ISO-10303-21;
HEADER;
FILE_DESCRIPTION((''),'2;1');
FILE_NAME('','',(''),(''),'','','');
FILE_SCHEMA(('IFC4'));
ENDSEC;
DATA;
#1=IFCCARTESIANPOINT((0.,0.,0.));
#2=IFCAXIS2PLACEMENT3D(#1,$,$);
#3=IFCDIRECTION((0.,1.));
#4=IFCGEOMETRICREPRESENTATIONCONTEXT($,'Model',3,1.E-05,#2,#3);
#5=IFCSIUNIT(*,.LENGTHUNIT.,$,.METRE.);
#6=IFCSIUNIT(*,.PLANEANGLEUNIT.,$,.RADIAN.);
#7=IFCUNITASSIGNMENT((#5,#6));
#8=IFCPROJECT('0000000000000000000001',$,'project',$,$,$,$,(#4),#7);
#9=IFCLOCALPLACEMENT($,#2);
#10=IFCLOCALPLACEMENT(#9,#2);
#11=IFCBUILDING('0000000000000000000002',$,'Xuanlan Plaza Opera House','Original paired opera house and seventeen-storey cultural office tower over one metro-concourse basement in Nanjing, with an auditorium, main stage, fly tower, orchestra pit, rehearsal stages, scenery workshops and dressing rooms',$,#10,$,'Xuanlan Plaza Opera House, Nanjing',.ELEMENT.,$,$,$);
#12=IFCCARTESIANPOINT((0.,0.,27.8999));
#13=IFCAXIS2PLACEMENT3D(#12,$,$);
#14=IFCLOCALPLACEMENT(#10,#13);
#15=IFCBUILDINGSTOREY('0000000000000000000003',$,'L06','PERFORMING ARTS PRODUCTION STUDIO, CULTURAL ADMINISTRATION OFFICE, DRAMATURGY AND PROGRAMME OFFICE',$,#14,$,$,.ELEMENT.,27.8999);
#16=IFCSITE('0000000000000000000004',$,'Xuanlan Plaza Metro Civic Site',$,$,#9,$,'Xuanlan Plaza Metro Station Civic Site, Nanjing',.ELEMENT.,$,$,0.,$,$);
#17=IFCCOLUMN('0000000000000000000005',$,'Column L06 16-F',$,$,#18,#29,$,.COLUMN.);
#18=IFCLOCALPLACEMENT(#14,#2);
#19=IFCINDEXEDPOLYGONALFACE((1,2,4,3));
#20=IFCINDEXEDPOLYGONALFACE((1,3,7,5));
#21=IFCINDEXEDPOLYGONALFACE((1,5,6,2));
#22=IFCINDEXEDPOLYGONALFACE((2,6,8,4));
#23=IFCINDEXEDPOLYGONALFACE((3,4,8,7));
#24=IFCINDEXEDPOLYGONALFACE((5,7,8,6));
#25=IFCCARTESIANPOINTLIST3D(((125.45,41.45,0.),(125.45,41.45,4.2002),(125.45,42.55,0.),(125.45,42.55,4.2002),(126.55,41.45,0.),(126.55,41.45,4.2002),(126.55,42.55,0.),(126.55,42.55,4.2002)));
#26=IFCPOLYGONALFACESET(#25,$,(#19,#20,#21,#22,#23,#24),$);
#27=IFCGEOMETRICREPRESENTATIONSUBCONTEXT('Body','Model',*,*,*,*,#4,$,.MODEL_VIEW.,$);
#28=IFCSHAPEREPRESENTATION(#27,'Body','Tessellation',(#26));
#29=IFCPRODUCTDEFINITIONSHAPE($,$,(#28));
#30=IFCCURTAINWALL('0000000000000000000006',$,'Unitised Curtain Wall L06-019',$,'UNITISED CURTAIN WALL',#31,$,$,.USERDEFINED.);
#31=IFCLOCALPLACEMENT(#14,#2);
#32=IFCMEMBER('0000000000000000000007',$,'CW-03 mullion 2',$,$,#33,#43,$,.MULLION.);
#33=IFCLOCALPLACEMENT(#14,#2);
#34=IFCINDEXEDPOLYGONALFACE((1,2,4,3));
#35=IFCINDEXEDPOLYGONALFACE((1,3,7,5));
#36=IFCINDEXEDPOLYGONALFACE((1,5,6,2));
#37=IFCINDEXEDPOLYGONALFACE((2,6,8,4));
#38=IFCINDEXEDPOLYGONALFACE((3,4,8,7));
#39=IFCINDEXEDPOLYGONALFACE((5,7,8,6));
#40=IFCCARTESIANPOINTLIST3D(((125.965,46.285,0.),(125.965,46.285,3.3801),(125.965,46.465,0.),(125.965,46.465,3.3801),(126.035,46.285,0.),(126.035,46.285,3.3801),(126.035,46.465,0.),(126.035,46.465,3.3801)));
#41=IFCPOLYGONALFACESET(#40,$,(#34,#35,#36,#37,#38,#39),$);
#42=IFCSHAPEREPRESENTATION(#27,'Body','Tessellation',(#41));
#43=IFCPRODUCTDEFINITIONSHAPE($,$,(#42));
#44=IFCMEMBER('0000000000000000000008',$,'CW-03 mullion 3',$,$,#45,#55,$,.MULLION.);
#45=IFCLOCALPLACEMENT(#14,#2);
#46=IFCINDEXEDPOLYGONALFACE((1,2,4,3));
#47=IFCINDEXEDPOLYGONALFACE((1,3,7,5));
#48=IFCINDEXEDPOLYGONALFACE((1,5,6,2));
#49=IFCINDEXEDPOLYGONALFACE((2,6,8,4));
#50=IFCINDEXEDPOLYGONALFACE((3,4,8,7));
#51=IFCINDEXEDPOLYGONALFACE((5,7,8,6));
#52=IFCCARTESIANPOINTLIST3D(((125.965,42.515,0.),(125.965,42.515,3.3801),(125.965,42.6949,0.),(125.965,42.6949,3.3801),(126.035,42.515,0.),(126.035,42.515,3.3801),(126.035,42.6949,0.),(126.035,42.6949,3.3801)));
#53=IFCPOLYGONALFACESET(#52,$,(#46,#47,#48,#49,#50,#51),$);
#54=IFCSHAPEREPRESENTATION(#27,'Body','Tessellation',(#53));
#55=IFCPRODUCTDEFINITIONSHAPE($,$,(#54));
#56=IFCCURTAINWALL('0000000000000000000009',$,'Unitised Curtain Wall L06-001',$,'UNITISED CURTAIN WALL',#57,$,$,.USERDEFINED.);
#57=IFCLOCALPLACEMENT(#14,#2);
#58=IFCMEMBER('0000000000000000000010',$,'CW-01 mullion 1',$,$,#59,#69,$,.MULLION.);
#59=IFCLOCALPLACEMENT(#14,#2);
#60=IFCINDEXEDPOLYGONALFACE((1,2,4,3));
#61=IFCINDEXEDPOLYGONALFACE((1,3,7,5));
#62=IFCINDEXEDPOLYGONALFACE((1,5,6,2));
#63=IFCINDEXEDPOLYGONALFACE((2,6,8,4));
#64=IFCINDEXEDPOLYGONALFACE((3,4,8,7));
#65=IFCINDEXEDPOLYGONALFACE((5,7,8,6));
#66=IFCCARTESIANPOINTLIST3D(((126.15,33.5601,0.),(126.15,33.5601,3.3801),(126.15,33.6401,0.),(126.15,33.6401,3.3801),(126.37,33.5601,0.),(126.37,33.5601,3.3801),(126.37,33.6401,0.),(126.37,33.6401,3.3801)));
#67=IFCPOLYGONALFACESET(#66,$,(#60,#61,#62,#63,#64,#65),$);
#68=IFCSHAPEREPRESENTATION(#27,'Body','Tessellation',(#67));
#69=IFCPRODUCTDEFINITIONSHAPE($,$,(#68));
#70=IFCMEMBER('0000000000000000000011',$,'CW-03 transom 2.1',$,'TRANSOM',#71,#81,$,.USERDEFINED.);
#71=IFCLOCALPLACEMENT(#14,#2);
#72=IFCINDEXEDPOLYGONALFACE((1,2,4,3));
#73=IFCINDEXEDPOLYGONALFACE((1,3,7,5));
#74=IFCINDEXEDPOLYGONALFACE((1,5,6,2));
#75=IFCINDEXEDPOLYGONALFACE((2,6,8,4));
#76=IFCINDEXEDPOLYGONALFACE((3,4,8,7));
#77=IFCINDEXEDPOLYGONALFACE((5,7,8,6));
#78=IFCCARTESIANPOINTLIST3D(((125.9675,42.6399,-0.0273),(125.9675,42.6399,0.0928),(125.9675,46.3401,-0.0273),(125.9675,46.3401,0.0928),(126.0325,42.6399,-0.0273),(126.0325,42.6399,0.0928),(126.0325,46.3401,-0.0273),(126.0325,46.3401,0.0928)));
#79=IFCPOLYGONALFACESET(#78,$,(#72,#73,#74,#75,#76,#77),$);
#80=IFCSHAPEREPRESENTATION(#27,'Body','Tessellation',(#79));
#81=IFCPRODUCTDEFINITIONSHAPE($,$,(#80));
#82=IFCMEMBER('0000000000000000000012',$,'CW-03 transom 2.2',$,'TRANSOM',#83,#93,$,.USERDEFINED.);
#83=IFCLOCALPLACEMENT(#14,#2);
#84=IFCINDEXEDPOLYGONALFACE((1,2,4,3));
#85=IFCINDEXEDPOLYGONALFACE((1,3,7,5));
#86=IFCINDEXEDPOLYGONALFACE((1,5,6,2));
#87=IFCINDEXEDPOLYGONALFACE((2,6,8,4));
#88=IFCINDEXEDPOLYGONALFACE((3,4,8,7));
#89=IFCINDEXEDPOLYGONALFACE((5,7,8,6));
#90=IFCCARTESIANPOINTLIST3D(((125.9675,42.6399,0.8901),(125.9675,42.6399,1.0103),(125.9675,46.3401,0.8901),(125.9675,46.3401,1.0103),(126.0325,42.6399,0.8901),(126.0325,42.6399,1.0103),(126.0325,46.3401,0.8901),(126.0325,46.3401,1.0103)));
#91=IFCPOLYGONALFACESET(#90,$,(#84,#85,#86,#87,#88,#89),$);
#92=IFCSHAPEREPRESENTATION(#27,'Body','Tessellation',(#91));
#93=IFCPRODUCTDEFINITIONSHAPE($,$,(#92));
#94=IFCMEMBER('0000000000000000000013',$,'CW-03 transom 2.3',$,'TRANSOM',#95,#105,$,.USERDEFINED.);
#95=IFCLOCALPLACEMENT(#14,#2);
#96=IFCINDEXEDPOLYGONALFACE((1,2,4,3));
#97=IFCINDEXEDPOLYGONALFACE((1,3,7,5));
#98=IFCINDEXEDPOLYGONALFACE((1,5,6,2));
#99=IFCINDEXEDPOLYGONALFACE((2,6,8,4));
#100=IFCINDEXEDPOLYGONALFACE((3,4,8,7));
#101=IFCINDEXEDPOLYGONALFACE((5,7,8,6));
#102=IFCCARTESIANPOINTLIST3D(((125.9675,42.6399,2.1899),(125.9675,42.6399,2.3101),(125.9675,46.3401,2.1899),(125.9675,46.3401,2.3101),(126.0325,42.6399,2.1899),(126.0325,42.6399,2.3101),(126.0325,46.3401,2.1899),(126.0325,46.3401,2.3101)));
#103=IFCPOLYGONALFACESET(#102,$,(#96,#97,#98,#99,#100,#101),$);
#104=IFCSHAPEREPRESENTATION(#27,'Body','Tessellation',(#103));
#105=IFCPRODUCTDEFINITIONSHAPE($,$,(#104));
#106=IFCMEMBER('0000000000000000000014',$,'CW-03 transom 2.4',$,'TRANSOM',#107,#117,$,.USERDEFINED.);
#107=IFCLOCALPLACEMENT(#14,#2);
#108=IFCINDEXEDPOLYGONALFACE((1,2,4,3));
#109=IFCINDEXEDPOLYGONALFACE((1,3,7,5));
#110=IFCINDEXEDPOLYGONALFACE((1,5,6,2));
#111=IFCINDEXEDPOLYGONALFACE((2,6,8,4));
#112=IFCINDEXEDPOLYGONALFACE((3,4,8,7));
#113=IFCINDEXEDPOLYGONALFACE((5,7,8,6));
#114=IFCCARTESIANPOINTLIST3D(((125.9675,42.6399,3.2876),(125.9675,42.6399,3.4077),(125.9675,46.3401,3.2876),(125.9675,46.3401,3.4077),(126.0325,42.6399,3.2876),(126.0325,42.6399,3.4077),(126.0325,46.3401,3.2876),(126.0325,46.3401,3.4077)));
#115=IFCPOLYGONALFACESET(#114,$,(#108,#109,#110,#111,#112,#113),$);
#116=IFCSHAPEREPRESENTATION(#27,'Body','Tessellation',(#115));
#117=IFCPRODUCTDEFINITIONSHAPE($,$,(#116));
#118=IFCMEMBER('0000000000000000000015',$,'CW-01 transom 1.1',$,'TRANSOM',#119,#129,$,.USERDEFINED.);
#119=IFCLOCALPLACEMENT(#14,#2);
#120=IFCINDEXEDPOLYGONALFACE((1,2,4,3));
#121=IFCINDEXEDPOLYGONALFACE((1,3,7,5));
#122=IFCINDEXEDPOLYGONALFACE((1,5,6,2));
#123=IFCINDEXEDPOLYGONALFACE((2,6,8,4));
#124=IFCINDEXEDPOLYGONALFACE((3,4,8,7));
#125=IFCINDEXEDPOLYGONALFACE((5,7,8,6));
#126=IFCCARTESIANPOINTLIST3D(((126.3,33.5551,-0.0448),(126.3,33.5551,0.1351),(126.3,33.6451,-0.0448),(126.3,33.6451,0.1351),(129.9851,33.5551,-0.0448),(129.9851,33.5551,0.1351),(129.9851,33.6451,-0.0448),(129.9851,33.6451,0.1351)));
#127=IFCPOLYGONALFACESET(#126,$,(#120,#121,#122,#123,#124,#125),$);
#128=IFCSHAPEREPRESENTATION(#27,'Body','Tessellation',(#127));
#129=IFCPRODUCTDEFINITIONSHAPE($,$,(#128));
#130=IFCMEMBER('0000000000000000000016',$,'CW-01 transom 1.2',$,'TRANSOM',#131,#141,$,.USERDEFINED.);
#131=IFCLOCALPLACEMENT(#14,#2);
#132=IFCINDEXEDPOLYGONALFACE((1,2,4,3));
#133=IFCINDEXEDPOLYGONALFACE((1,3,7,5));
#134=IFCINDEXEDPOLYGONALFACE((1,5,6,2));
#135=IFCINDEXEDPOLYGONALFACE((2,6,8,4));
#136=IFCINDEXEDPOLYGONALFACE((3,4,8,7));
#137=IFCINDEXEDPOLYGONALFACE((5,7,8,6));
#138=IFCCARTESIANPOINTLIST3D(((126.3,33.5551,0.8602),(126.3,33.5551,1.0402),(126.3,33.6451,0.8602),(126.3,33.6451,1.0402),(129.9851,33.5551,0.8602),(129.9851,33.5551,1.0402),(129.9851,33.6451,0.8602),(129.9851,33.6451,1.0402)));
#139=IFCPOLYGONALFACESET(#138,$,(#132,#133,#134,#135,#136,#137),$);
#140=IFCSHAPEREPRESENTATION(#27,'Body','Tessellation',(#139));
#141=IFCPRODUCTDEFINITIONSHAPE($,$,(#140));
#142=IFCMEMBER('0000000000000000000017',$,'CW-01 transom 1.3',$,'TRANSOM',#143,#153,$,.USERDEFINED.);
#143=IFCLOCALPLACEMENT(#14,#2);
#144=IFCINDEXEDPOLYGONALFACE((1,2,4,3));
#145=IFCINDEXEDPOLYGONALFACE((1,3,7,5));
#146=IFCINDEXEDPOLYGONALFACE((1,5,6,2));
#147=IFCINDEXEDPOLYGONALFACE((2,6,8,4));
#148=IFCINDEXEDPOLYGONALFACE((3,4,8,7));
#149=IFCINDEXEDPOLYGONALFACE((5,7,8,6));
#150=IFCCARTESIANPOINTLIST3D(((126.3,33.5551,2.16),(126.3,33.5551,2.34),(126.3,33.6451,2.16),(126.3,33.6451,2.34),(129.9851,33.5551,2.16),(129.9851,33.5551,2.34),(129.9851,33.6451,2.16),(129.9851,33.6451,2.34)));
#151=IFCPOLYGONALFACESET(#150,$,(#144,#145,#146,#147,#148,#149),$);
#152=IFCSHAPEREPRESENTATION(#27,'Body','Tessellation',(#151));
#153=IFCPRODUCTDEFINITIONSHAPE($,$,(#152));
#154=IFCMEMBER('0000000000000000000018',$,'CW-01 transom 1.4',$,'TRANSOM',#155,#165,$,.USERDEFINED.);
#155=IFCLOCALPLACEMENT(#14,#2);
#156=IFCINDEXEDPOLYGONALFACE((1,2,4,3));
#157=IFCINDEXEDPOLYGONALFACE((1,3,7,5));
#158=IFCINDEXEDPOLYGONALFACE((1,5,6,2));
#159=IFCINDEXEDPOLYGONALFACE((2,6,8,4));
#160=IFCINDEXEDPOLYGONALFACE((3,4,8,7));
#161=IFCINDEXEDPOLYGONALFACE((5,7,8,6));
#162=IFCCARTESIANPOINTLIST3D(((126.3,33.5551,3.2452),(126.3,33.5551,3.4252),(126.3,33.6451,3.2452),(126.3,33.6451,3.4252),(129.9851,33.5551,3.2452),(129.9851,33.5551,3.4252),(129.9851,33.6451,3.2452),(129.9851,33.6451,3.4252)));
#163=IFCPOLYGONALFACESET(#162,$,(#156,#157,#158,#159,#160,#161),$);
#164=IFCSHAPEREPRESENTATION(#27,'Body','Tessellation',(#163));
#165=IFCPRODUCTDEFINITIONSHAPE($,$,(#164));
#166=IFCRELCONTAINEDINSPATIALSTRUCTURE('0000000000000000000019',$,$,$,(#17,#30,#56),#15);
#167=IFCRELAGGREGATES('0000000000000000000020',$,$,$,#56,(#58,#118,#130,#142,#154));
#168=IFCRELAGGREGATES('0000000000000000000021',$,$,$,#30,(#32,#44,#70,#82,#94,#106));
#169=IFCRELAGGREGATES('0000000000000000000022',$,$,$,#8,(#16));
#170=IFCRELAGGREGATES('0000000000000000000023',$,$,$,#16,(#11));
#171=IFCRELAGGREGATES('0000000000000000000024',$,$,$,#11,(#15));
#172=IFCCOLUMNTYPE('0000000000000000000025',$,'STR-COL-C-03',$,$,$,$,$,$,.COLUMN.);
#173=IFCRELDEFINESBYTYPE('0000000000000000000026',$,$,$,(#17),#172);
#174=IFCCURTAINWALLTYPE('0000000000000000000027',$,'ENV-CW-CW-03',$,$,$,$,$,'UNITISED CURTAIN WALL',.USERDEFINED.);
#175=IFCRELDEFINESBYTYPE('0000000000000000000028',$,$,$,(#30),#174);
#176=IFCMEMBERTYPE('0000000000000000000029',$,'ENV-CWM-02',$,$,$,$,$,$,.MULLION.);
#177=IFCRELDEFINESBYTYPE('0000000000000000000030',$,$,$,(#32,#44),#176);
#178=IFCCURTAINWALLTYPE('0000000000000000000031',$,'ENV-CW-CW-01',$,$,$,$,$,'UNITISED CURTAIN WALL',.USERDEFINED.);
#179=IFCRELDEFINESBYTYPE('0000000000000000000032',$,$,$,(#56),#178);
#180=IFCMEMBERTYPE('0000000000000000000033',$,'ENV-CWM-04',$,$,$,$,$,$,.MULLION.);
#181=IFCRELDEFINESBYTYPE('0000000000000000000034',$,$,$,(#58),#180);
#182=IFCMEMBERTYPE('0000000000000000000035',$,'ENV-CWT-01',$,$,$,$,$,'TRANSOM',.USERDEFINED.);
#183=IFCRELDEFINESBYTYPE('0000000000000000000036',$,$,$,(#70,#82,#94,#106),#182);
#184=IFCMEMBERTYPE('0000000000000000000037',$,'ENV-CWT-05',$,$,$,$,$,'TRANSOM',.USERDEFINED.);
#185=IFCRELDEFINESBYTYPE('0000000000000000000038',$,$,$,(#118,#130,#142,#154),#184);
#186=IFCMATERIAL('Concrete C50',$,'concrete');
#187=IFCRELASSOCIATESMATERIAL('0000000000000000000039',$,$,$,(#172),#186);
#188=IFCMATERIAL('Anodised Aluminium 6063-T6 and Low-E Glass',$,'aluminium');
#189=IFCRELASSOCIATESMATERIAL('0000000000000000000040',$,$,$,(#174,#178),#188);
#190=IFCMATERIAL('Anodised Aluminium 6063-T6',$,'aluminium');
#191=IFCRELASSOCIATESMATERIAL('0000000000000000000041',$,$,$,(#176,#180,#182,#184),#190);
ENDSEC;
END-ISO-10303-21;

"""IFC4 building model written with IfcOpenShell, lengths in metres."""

from ifc_helpers import new_model, si_unit, direction, frame, origin, origin_2d, place, context, subcontext, project, spatial, rectangle, extrude, material, material_profile, profile_set, type_object, element, aggregate, save


model = new_model("IFC4")

# Units and contexts
model_context = context("Model", 3, precision=1e-05, world=origin(), true_north=direction((0.0, 1.0)))
body_context = subcontext(model_context, "Body", "Model", "MODEL_VIEW")
ifc_project = project(units=[si_unit("LENGTHUNIT", "METRE"), si_unit("PLANEANGLEUNIT", "RADIAN")], contexts=[model_context])

# Site, building, storey
site_placement = place(None, origin())
site = spatial("IfcSite", under=ifc_project, at=site_placement, Name="Xuanlan Plaza Metro Civic Site", LongName="Xuanlan Plaza Metro Station Civic Site, Nanjing", CompositionType="ELEMENT", RefElevation=0.0)
building_placement = place(site_placement, origin())
building = spatial("IfcBuilding", under=site, at=building_placement, Name="Xuanlan Plaza Opera House", Description="Original paired opera house and seventeen-storey cultural office tower over one metro-concourse basement in Nanjing, with an auditorium, main stage, fly tower, orchestra pit, rehearsal stages, scenery workshops and dressing rooms", LongName="Xuanlan Plaza Opera House, Nanjing", CompositionType="ELEMENT")
storey_placement = place(building_placement, frame((0.0, 0.0, 27.8999)))
storey = spatial("IfcBuildingStorey", under=building, at=storey_placement, Name="L06", Description="PERFORMING ARTS PRODUCTION STUDIO, CULTURAL ADMINISTRATION OFFICE, DRAMATURGY AND PROGRAMME OFFICE", CompositionType="ELEMENT", Elevation=27.8999)

# Column
ifc_material_1 = material(Name="Concrete C50", Category="concrete")
ifc_material_profile_1 = material_profile(ifc_material_1, rectangle(XDim=1.1001, YDim=1.1001, at=origin_2d()), Name="RC-COL 1100x1100")
ifc_profile_set_1 = profile_set([ifc_material_profile_1], Name="Concrete C50")
column_type = type_object("IfcColumnType", Name="STR-COL-C-03", PredefinedType="COLUMN", material=ifc_profile_set_1)
column_placement = place(storey_placement, frame((126.0, 42.0, 0.0), z_axis=(0.0, 0.0, 1.0), x_axis=(1.0, 0.0, 0.0)))
element("IfcColumn", 1, at=column_placement, inside=storey, type_object=column_type, Name="Column L06 16-F", PredefinedType="COLUMN", context=body_context, shape_type="SweptSolid", body=[
    extrude(rectangle(XDim=1.1001, YDim=1.1001, at=origin_2d()), origin(), (0.0, 0.0, 1.0), 4.2002),
])

# Curtain wall, members
ifc_material_2 = material(Name="Anodised Aluminium 6063-T6 and Low-E Glass", Category="aluminium")
curtain_wall_type_1 = type_object("IfcCurtainWallType", Name="ENV-CW-CW-03", ElementType="UNITISED CURTAIN WALL", PredefinedType="USERDEFINED", material=ifc_material_2)
curtain_wall_1_placement = place(storey_placement, origin())
curtain_wall_1 = element("IfcCurtainWall", 2, at=curtain_wall_1_placement, inside=storey, type_object=curtain_wall_type_1, Name="Unitised Curtain Wall L06-019", ObjectType="UNITISED CURTAIN WALL", PredefinedType="USERDEFINED")
ifc_material_3 = material(Name="Anodised Aluminium 6063-T6", Category="aluminium")
ifc_material_profile_2 = material_profile(ifc_material_3, rectangle(XDim=0.0701, YDim=0.1799, at=origin_2d()), Name="ALU-M 70x180")
ifc_profile_set_2 = profile_set([ifc_material_profile_2], Name="Anodised Aluminium 6063-T6")
member_type_1 = type_object("IfcMemberType", Name="ENV-CWM-02", PredefinedType="MULLION", material=ifc_profile_set_2)
member_1_placement = place(storey_placement, frame((126.0, 46.375, 0.0), z_axis=(0.0, 0.0, 1.0), x_axis=(1.0, 0.0, 0.0)))
member_1 = element("IfcMember", 3, at=member_1_placement, type_object=member_type_1, Name="CW-03 mullion 2", PredefinedType="MULLION", context=body_context, shape_type="SweptSolid", body=[
    extrude(rectangle(XDim=0.0701, YDim=0.1799, at=origin_2d()), origin(), (0.0, 0.0, 1.0), 3.3801),
])
member_2_placement = place(storey_placement, frame((126.0, 42.605, 0.0), z_axis=(0.0, 0.0, 1.0), x_axis=(1.0, 0.0, 0.0)))
member_2 = element("IfcMember", 4, at=member_2_placement, type_object=member_type_1, Name="CW-03 mullion 3", PredefinedType="MULLION", context=body_context, shape_type="SweptSolid", body=[
    extrude(rectangle(XDim=0.0701, YDim=0.1799, at=origin_2d()), origin(), (0.0, 0.0, 1.0), 3.3801),
])

# Curtain wall, member
curtain_wall_type_2 = type_object("IfcCurtainWallType", Name="ENV-CW-CW-01", ElementType="UNITISED CURTAIN WALL", PredefinedType="USERDEFINED", material=ifc_material_2)
curtain_wall_2_placement = place(storey_placement, origin())
curtain_wall_2 = element("IfcCurtainWall", 5, at=curtain_wall_2_placement, inside=storey, type_object=curtain_wall_type_2, Name="Unitised Curtain Wall L06-001", ObjectType="UNITISED CURTAIN WALL", PredefinedType="USERDEFINED")
ifc_material_profile_3 = material_profile(ifc_material_3, rectangle(XDim=0.0801, YDim=0.22, at=origin_2d()), Name="ALU-M 80x220")
ifc_profile_set_3 = profile_set([ifc_material_profile_3], Name="Anodised Aluminium 6063-T6")
member_type_2 = type_object("IfcMemberType", Name="ENV-CWM-04", PredefinedType="MULLION", material=ifc_profile_set_3)
member_3_placement = place(storey_placement, frame((126.26, 33.6001, 0.0), z_axis=(0.0, 0.0, 1.0), x_axis=(0.0, 1.0, 0.0)))
member_3 = element("IfcMember", 6, at=member_3_placement, type_object=member_type_2, Name="CW-01 mullion 1", PredefinedType="MULLION", context=body_context, shape_type="SweptSolid", body=[
    extrude(rectangle(XDim=0.0801, YDim=0.22, at=origin_2d()), origin(), (0.0, 0.0, 1.0), 3.3801),
])

# Members
ifc_material_profile_4 = material_profile(ifc_material_3, rectangle(XDim=0.0649, YDim=0.1201, at=origin_2d()), Name="ALU-T 65x120")
ifc_profile_set_4 = profile_set([ifc_material_profile_4], Name="Anodised Aluminium 6063-T6")
member_type_3 = type_object("IfcMemberType", Name="ENV-CWT-01", ElementType="TRANSOM", PredefinedType="USERDEFINED", material=ifc_profile_set_4)
member_4_placement = place(storey_placement, frame((126.0, 46.3401, 0.0327), z_axis=(0.0, -1.0, 0.0), x_axis=(1.0, 0.0, 0.0)))
member_4 = element("IfcMember", 7, at=member_4_placement, type_object=member_type_3, Name="CW-03 transom 2.1", ObjectType="TRANSOM", PredefinedType="USERDEFINED", context=body_context, shape_type="SweptSolid", body=[
    extrude(rectangle(XDim=0.0649, YDim=0.1201, at=origin_2d()), origin(), (0.0, 0.0, 1.0), 3.7002),
])
member_5_placement = place(storey_placement, frame((126.0, 46.3401, 0.9502), z_axis=(0.0, -1.0, 0.0), x_axis=(1.0, 0.0, 0.0)))
member_5 = element("IfcMember", 8, at=member_5_placement, type_object=member_type_3, Name="CW-03 transom 2.2", ObjectType="TRANSOM", PredefinedType="USERDEFINED", context=body_context, shape_type="SweptSolid", body=[
    extrude(rectangle(XDim=0.0649, YDim=0.1201, at=origin_2d()), origin(), (0.0, 0.0, 1.0), 3.7002),
])
member_6_placement = place(storey_placement, frame((126.0, 46.3401, 2.25), z_axis=(0.0, -1.0, 0.0), x_axis=(1.0, 0.0, 0.0)))
member_6 = element("IfcMember", 9, at=member_6_placement, type_object=member_type_3, Name="CW-03 transom 2.3", ObjectType="TRANSOM", PredefinedType="USERDEFINED", context=body_context, shape_type="SweptSolid", body=[
    extrude(rectangle(XDim=0.0649, YDim=0.1201, at=origin_2d()), origin(), (0.0, 0.0, 1.0), 3.7002),
])
member_7_placement = place(storey_placement, frame((126.0, 46.3401, 3.3477), z_axis=(0.0, -1.0, 0.0), x_axis=(1.0, 0.0, 0.0)))
member_7 = element("IfcMember", 10, at=member_7_placement, type_object=member_type_3, Name="CW-03 transom 2.4", ObjectType="TRANSOM", PredefinedType="USERDEFINED", context=body_context, shape_type="SweptSolid", body=[
    extrude(rectangle(XDim=0.0649, YDim=0.1201, at=origin_2d()), origin(), (0.0, 0.0, 1.0), 3.7002),
])
ifc_material_profile_5 = material_profile(ifc_material_3, rectangle(XDim=0.0901, YDim=0.1799, at=origin_2d()), Name="ALU-T 90x180")
ifc_profile_set_5 = profile_set([ifc_material_profile_5], Name="Anodised Aluminium 6063-T6")
member_type_4 = type_object("IfcMemberType", Name="ENV-CWT-05", ElementType="TRANSOM", PredefinedType="USERDEFINED", material=ifc_profile_set_5)
member_8_placement = place(storey_placement, frame((126.3, 33.6001, 0.0452), z_axis=(1.0, 0.0, 0.0), x_axis=(0.0, 1.0, 0.0)))
member_8 = element("IfcMember", 11, at=member_8_placement, type_object=member_type_4, Name="CW-01 transom 1.1", ObjectType="TRANSOM", PredefinedType="USERDEFINED", context=body_context, shape_type="SweptSolid", body=[
    extrude(rectangle(XDim=0.0901, YDim=0.1799, at=origin_2d()), origin(), (0.0, 0.0, 1.0), 3.6851),
])
member_9_placement = place(storey_placement, frame((126.3, 33.6001, 0.9502), z_axis=(1.0, 0.0, 0.0), x_axis=(0.0, 1.0, 0.0)))
member_9 = element("IfcMember", 12, at=member_9_placement, type_object=member_type_4, Name="CW-01 transom 1.2", ObjectType="TRANSOM", PredefinedType="USERDEFINED", context=body_context, shape_type="SweptSolid", body=[
    extrude(rectangle(XDim=0.0901, YDim=0.1799, at=origin_2d()), origin(), (0.0, 0.0, 1.0), 3.6851),
])
member_10_placement = place(storey_placement, frame((126.3, 33.6001, 2.25), z_axis=(1.0, 0.0, 0.0), x_axis=(0.0, 1.0, 0.0)))
member_10 = element("IfcMember", 13, at=member_10_placement, type_object=member_type_4, Name="CW-01 transom 1.3", ObjectType="TRANSOM", PredefinedType="USERDEFINED", context=body_context, shape_type="SweptSolid", body=[
    extrude(rectangle(XDim=0.0901, YDim=0.1799, at=origin_2d()), origin(), (0.0, 0.0, 1.0), 3.6851),
])
member_11_placement = place(storey_placement, frame((126.3, 33.6001, 3.3352), z_axis=(1.0, 0.0, 0.0), x_axis=(0.0, 1.0, 0.0)))
member_11 = element("IfcMember", 14, at=member_11_placement, type_object=member_type_4, Name="CW-01 transom 1.4", ObjectType="TRANSOM", PredefinedType="USERDEFINED", context=body_context, shape_type="SweptSolid", body=[
    extrude(rectangle(XDim=0.0901, YDim=0.1799, at=origin_2d()), origin(), (0.0, 0.0, 1.0), 3.6851),
])

aggregate(curtain_wall_2, [member_3, member_8, member_9, member_10, member_11])
aggregate(curtain_wall_1, [member_1, member_2, member_4, member_5, member_6, member_7])

save(model, "model.ifc")
